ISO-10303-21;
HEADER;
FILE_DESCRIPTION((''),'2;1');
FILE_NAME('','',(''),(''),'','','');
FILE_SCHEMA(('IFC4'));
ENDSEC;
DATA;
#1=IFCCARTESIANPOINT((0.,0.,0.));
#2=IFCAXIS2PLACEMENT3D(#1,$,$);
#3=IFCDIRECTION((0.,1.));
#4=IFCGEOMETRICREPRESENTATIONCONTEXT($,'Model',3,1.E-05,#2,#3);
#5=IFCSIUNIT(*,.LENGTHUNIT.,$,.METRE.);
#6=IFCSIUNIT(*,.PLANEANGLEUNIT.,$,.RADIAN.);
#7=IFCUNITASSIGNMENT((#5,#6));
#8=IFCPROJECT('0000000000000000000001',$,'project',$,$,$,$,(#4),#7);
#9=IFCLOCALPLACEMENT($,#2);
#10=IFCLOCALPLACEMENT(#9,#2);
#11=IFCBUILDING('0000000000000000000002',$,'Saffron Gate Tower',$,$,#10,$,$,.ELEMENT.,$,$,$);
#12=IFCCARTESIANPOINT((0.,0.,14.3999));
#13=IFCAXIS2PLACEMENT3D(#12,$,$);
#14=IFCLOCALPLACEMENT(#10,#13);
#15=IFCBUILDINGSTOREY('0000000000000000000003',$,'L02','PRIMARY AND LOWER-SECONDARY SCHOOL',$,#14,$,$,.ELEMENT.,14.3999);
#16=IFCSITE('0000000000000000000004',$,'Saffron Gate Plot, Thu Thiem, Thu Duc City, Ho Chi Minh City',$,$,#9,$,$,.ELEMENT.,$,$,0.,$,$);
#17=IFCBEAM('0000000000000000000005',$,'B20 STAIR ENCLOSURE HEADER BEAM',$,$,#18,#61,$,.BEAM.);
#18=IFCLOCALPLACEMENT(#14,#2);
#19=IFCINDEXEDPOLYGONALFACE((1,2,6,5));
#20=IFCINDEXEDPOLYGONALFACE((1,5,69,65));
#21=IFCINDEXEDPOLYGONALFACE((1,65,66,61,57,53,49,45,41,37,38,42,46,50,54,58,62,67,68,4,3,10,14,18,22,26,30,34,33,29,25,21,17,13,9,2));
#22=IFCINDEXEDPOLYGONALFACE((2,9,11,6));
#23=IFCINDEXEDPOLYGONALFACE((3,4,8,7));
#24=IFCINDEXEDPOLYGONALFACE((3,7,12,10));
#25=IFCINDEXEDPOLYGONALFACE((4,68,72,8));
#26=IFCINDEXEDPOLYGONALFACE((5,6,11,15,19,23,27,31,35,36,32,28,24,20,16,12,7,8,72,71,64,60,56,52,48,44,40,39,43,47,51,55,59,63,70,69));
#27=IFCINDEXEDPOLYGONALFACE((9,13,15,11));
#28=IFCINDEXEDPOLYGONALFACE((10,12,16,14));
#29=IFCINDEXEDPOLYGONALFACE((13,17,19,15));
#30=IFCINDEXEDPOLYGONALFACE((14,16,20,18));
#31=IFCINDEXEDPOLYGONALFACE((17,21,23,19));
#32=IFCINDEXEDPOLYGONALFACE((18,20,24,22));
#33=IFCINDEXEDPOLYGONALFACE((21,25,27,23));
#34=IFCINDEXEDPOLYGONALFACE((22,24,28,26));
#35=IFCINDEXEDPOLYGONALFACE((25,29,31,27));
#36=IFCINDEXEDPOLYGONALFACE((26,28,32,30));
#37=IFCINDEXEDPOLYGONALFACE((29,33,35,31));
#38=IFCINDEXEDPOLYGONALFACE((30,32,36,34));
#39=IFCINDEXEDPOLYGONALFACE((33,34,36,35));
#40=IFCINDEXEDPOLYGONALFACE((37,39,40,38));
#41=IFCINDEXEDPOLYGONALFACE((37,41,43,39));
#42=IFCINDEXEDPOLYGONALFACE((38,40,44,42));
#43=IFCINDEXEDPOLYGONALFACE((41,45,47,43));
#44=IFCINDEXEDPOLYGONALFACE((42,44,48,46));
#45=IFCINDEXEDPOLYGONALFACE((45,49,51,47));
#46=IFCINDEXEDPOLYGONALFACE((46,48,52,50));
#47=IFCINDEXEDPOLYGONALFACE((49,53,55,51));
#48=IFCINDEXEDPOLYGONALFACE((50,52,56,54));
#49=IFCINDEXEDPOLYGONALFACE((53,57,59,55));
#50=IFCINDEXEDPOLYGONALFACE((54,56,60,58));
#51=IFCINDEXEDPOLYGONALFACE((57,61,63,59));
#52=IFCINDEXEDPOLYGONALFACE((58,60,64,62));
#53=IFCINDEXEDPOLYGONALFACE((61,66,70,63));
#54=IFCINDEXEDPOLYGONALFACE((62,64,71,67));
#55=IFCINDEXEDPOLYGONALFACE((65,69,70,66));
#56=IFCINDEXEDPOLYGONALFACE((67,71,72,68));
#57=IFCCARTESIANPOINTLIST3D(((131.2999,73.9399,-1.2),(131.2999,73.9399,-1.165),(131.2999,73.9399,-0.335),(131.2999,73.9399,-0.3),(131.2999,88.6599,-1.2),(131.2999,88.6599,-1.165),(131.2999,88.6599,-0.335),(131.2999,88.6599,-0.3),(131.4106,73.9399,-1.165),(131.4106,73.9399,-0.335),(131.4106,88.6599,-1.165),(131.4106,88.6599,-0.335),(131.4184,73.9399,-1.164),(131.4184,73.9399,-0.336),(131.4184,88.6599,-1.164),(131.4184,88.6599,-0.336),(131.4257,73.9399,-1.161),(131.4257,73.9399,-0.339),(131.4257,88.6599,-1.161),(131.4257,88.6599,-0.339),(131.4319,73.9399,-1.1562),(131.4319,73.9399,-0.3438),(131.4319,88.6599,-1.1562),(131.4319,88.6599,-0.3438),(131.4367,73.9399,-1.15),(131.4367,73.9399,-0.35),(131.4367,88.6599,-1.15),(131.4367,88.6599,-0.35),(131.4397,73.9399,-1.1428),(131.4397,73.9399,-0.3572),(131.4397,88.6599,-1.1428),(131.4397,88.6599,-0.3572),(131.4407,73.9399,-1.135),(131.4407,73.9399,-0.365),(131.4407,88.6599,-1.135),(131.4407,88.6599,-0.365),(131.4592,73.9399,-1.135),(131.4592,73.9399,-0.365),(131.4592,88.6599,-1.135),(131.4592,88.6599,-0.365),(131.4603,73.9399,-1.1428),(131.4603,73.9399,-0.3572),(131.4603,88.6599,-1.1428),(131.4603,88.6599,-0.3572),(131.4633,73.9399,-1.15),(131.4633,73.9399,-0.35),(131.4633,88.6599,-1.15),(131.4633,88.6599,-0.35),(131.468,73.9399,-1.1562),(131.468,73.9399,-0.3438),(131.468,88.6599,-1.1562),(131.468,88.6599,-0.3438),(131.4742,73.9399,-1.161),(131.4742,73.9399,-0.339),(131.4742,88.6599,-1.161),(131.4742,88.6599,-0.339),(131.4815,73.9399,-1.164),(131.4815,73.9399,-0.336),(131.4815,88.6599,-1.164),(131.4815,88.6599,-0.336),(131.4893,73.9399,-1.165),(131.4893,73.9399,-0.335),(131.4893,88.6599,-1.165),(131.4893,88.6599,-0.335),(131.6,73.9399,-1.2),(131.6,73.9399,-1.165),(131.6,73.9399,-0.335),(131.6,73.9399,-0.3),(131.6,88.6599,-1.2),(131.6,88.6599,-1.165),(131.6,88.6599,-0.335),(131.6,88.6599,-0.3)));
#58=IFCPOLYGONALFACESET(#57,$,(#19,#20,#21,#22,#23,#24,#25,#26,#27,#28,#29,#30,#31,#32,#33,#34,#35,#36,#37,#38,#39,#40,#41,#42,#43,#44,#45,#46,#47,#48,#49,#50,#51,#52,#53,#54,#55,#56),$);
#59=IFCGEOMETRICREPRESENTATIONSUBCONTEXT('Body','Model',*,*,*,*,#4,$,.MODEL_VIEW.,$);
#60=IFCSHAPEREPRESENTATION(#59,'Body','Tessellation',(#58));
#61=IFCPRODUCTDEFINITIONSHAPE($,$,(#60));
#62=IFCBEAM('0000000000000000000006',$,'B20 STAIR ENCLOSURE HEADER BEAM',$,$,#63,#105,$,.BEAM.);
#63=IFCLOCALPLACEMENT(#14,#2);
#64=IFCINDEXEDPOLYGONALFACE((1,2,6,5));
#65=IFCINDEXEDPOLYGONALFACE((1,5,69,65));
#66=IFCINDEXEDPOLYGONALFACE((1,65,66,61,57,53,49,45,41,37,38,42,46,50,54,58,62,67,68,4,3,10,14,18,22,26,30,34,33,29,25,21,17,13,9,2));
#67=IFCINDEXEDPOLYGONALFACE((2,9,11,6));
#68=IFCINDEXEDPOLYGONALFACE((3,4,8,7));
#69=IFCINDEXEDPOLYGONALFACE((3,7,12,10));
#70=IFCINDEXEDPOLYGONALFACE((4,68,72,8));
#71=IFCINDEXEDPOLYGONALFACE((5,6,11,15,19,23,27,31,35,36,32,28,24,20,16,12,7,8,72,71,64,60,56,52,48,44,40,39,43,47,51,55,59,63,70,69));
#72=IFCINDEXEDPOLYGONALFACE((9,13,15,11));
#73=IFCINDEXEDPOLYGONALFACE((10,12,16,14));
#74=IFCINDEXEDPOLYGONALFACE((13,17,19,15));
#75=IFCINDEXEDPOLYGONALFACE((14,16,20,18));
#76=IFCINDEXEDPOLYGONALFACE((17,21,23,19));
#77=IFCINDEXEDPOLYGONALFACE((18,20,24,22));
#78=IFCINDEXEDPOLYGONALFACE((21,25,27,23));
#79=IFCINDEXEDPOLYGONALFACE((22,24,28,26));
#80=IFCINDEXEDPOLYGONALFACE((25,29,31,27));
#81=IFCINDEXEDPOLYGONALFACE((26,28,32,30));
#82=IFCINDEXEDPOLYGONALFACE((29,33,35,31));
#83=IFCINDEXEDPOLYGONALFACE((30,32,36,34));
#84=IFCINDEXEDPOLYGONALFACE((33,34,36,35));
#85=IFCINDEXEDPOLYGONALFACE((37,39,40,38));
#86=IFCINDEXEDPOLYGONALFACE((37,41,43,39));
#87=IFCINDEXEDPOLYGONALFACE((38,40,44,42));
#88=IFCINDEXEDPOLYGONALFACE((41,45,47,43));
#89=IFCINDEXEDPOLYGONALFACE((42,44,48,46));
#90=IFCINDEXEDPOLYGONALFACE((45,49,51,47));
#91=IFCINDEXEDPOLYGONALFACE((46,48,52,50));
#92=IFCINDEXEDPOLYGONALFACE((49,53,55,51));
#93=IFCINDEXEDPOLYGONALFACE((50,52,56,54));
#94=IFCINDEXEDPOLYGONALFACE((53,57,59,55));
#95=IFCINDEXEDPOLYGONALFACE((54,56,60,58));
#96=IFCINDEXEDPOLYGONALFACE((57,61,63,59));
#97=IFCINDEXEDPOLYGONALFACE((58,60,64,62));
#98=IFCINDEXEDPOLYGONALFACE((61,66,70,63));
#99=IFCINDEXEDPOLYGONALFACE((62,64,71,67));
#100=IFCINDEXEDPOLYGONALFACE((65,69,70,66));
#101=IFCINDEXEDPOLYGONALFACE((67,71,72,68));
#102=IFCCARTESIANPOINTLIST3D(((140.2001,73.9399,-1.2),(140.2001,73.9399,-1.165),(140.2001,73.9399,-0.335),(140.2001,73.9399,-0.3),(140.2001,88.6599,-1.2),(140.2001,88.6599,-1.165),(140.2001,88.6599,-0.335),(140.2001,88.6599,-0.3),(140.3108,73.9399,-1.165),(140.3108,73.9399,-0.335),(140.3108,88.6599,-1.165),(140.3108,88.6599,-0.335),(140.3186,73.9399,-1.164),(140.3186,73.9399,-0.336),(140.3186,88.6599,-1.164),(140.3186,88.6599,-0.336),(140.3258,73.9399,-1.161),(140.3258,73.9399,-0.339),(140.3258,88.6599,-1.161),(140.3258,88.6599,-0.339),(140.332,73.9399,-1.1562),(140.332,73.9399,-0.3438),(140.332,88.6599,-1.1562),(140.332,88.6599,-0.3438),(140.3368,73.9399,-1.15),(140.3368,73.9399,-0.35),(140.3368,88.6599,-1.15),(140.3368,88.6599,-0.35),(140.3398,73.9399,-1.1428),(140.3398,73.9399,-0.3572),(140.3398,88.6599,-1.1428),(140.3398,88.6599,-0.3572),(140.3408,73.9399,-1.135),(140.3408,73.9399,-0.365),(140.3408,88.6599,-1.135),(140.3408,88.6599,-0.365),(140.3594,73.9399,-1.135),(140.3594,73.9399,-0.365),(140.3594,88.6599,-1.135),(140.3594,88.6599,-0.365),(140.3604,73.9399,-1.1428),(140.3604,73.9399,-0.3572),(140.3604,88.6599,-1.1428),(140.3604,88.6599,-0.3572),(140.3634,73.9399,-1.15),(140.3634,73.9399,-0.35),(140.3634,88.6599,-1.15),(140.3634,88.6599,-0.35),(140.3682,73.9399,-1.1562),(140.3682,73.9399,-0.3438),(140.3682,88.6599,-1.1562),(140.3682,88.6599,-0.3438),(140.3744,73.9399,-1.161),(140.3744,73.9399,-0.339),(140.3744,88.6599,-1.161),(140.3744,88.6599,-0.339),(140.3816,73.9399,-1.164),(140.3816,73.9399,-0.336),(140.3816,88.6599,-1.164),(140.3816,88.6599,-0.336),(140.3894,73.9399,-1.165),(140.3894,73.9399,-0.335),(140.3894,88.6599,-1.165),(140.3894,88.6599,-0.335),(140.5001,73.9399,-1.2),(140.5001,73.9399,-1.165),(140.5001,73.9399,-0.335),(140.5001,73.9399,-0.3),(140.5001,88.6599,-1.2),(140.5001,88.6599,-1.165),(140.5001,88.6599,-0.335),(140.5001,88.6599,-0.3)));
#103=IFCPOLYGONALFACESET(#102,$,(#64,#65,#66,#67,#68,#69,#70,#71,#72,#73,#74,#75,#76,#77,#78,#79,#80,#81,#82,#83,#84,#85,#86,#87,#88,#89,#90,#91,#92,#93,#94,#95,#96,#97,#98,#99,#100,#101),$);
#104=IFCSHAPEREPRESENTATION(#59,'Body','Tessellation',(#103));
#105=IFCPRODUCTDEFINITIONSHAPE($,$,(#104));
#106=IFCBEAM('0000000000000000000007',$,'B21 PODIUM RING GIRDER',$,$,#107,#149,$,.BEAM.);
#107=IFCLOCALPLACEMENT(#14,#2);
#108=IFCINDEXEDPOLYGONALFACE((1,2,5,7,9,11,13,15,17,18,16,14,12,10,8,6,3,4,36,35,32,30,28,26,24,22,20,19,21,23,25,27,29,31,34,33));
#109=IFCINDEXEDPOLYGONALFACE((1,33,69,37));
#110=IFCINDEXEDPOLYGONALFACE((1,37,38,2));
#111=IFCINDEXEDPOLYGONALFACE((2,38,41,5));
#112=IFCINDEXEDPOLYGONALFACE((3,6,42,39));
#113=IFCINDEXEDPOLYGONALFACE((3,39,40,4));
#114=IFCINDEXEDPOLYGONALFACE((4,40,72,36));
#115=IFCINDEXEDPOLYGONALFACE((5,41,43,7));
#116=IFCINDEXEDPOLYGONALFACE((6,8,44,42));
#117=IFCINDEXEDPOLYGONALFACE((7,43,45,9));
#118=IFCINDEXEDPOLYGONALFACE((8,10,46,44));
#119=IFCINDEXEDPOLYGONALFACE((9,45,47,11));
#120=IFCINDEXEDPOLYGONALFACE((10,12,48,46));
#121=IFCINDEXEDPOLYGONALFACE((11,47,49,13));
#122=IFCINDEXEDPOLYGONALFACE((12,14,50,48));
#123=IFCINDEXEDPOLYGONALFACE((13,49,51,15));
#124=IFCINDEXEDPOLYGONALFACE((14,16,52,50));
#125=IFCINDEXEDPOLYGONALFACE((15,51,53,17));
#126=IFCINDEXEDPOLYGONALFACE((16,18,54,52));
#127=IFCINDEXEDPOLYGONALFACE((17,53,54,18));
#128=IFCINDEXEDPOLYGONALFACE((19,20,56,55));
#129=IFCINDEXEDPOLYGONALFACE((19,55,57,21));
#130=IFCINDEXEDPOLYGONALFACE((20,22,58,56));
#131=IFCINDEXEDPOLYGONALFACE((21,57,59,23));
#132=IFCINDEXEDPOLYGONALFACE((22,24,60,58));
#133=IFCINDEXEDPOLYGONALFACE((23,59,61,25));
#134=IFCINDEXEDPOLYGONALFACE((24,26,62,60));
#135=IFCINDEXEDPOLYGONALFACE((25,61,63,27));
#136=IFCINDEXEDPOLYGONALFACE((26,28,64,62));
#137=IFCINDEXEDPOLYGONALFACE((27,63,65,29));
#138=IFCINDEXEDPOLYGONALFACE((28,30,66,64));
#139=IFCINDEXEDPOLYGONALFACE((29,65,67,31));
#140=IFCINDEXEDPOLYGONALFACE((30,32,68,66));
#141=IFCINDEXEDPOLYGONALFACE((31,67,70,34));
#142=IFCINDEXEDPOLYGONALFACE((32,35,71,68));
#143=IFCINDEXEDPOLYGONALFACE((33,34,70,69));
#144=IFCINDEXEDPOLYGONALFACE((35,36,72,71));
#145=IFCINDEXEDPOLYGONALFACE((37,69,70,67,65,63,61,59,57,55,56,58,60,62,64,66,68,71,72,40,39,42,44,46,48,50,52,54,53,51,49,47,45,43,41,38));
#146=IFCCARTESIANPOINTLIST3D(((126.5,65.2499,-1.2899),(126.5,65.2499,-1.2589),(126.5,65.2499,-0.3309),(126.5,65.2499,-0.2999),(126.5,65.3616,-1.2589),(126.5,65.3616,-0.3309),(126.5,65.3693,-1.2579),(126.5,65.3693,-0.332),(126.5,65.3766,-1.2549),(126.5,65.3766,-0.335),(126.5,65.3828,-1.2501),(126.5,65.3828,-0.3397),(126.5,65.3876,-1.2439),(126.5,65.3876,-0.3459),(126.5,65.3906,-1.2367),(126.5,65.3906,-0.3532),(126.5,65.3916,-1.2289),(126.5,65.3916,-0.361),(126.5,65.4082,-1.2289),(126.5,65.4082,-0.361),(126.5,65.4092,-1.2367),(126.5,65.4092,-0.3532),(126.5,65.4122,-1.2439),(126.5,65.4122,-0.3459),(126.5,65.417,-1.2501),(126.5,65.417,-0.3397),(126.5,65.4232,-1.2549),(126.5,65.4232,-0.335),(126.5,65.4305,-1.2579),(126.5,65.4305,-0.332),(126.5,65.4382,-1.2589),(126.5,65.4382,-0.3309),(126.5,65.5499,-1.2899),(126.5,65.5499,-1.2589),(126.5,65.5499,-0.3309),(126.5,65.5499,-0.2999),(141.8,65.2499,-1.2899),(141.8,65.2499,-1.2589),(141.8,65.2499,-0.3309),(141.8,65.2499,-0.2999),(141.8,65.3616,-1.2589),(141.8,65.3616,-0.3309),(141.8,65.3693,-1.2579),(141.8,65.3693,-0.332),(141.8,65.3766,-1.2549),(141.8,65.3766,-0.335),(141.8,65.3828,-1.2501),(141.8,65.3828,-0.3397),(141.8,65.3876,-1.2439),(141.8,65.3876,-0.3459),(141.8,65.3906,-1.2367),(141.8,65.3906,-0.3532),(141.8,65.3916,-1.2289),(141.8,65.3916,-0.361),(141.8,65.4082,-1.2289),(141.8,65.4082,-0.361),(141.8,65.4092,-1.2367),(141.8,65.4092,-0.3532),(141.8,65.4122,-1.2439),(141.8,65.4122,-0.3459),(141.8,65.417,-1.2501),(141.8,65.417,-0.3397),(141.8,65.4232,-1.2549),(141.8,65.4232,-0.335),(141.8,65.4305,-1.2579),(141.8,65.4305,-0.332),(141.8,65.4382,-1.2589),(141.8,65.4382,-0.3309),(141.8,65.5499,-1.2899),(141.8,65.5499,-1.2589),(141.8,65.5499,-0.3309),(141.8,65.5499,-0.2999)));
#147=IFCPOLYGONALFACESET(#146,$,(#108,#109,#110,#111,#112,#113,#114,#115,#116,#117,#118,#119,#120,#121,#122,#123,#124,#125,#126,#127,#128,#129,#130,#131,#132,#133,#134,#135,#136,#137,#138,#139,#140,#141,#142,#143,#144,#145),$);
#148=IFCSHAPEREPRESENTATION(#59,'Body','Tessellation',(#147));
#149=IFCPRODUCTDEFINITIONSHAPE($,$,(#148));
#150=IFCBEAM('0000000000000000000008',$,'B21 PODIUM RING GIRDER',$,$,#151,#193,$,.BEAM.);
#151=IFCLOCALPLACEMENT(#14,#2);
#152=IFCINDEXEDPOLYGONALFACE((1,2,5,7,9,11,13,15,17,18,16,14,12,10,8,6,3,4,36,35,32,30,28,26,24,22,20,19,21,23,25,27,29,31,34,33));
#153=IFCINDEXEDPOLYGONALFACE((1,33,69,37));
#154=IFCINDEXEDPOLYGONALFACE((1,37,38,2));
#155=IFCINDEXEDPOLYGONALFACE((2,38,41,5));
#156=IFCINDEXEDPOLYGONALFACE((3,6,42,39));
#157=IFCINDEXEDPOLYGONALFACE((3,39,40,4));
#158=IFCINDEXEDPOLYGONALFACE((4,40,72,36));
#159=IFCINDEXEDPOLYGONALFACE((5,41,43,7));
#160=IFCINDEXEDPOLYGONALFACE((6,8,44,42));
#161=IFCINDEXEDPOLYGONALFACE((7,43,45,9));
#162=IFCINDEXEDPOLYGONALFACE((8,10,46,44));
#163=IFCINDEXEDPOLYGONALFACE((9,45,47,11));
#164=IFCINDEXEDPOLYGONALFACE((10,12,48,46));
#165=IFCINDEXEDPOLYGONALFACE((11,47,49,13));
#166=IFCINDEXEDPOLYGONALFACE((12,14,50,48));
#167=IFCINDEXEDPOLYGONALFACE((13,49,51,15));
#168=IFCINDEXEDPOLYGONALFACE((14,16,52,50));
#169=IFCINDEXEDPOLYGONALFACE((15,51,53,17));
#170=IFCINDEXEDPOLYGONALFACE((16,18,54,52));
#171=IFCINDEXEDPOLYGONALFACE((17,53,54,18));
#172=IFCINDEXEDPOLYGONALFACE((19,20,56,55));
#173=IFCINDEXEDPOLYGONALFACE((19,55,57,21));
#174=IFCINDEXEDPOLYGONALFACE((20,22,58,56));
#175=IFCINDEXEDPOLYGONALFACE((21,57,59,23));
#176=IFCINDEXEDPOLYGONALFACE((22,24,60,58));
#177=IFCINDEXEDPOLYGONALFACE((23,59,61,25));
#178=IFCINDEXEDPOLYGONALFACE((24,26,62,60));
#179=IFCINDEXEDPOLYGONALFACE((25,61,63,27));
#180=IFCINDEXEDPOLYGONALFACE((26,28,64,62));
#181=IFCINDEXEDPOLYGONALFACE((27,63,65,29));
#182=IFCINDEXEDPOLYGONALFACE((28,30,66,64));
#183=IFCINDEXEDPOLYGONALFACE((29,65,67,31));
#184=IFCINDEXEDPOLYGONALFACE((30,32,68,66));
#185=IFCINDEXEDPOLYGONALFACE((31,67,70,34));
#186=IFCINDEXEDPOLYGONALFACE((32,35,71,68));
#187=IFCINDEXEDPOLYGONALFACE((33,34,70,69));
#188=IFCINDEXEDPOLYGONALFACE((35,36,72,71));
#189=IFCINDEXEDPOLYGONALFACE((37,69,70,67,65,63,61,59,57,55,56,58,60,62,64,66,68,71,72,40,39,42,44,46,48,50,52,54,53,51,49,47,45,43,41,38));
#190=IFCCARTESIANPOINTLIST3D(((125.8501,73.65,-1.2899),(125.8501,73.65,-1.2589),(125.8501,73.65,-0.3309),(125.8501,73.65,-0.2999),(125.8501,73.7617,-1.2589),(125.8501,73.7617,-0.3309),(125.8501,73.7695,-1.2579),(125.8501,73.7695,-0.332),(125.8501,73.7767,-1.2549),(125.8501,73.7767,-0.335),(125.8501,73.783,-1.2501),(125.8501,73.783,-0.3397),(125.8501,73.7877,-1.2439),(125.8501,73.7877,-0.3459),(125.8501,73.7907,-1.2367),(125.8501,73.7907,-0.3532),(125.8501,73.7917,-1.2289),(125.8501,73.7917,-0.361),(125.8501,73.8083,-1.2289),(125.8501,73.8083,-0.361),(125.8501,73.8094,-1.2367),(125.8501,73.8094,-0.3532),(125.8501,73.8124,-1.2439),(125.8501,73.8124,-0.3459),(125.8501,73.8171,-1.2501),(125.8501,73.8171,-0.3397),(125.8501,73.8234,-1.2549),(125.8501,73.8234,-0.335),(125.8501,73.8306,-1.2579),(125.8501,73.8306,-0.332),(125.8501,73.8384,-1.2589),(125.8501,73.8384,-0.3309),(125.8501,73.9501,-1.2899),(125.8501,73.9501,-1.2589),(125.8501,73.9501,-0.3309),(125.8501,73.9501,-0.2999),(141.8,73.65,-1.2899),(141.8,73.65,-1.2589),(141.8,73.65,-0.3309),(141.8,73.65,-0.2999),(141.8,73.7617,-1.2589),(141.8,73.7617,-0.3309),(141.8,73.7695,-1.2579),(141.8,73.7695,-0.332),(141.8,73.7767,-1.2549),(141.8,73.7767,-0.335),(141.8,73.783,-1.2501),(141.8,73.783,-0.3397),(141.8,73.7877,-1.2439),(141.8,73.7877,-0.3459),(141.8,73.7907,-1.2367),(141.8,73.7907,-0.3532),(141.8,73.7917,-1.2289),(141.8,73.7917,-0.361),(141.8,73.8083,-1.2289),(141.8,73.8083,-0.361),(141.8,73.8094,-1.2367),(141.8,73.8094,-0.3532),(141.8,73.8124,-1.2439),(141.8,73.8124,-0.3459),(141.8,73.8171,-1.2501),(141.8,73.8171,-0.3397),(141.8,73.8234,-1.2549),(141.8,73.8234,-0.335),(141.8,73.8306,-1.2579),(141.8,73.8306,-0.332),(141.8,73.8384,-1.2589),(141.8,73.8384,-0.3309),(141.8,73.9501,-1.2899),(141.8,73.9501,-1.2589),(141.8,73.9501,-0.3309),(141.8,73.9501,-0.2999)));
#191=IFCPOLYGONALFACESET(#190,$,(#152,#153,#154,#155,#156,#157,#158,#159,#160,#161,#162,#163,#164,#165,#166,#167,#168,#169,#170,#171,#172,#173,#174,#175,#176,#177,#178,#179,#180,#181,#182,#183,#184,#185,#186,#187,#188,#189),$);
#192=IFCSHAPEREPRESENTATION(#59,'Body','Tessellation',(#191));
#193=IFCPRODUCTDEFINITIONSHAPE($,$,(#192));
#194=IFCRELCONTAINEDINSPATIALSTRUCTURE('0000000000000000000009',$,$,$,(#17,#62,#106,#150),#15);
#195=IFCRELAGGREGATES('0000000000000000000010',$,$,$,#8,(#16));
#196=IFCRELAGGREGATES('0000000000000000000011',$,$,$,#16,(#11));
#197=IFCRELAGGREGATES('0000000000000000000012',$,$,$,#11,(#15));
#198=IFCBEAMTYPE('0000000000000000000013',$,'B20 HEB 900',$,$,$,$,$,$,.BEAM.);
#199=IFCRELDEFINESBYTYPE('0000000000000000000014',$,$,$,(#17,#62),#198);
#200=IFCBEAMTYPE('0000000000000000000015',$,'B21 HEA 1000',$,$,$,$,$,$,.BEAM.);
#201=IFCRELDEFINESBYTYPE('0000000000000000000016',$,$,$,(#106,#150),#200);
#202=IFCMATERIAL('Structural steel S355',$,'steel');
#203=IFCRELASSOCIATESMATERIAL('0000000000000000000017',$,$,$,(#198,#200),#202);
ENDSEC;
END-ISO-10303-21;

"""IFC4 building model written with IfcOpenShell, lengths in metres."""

from ifc_helpers import new_model, si_unit, direction, frame, origin, origin_2d, place, context, subcontext, project, spatial, i_section, extrude, material, material_profile, profile_set, type_object, element, save


model = new_model("IFC4")

# Units and contexts
model_context = context("Model", 3, precision=1e-05, world=origin(), true_north=direction((0.0, 1.0)))
body_context = subcontext(model_context, "Body", "Model", "MODEL_VIEW")
ifc_project = project(units=[si_unit("LENGTHUNIT", "METRE"), si_unit("PLANEANGLEUNIT", "RADIAN")], contexts=[model_context])

# Site, building, storey
site_placement = place(None, origin())
site = spatial("IfcSite", under=ifc_project, at=site_placement, Name="Saffron Gate Plot, Thu Thiem, Thu Duc City, Ho Chi Minh City", CompositionType="ELEMENT", RefElevation=0.0)
building_placement = place(site_placement, origin())
building = spatial("IfcBuilding", under=site, at=building_placement, Name="Saffron Gate Tower", CompositionType="ELEMENT")
storey_placement = place(building_placement, frame((0.0, 0.0, 14.3999)))
storey = spatial("IfcBuildingStorey", under=building, at=storey_placement, Name="L02", Description="PRIMARY AND LOWER-SECONDARY SCHOOL", CompositionType="ELEMENT", Elevation=14.3999)

# Beams
ifc_material_1 = material(Name="Structural steel S355", Category="steel")
ifc_material_profile_1 = material_profile(ifc_material_1, i_section(OverallWidth=0.3, OverallDepth=0.8999, WebThickness=0.0186, FlangeThickness=0.0349, FilletRadius=0.03, at=origin_2d()))
ifc_profile_set_1 = profile_set([ifc_material_profile_1], Name="Structural steel S355")
beam_type_1 = type_object("IfcBeamType", Name="B20 HEB 900", PredefinedType="BEAM", material=ifc_profile_set_1)
for number, where, z_axis, x_axis, name in (
    (1, (131.45, 73.9399, -0.75), (0.0, 1.0, 0.0), (-1.0, 0.0, 0.0), "B20 STAIR ENCLOSURE HEADER BEAM"),
    (2, (140.3501, 73.9399, -0.75), (0.0, 1.0, 0.0), (-1.0, 0.0, 0.0), "B20 STAIR ENCLOSURE HEADER BEAM"),
):
    element("IfcBeam", number, at=place(storey_placement, frame(where, z_axis=z_axis, x_axis=x_axis)), inside=storey, type_object=beam_type_1, Name=name, PredefinedType="BEAM", context=body_context, shape_type="SweptSolid", body=[
        extrude(i_section(OverallWidth=0.3, OverallDepth=0.8999, WebThickness=0.0186, FlangeThickness=0.0349, FilletRadius=0.03, at=origin_2d()), origin(), (0.0, 0.0, 1.0), 14.72),
    ])
ifc_material_profile_2 = material_profile(ifc_material_1, i_section(OverallWidth=0.3, OverallDepth=0.99, WebThickness=0.0166, FlangeThickness=0.031, FilletRadius=0.03, at=origin_2d()))
ifc_profile_set_2 = profile_set([ifc_material_profile_2], Name="Structural steel S355")
beam_type_2 = type_object("IfcBeamType", Name="B21 HEA 1000", PredefinedType="BEAM", material=ifc_profile_set_2)
beam_1_placement = place(storey_placement, frame((141.8, 65.3999, -0.7949), z_axis=(-1.0, 0.0, 0.0), x_axis=(0.0, -1.0, 0.0)))
element("IfcBeam", 3, at=beam_1_placement, inside=storey, type_object=beam_type_2, Name="B21 PODIUM RING GIRDER", PredefinedType="BEAM", context=body_context, shape_type="SweptSolid", body=[
    extrude(i_section(OverallWidth=0.3, OverallDepth=0.99, WebThickness=0.0166, FlangeThickness=0.031, FilletRadius=0.03, at=origin_2d()), origin(), (0.0, 0.0, 1.0), 15.3),
])
beam_2_placement = place(storey_placement, frame((141.8, 73.8, -0.7949), z_axis=(-1.0, 0.0, 0.0), x_axis=(0.0, -1.0, 0.0)))
element("IfcBeam", 4, at=beam_2_placement, inside=storey, type_object=beam_type_2, Name="B21 PODIUM RING GIRDER", PredefinedType="BEAM", context=body_context, shape_type="SweptSolid", body=[
    extrude(i_section(OverallWidth=0.3, OverallDepth=0.99, WebThickness=0.0166, FlangeThickness=0.031, FilletRadius=0.03, at=origin_2d()), origin(), (0.0, 0.0, 1.0), 15.95),
])

save(model, "model.ifc")
